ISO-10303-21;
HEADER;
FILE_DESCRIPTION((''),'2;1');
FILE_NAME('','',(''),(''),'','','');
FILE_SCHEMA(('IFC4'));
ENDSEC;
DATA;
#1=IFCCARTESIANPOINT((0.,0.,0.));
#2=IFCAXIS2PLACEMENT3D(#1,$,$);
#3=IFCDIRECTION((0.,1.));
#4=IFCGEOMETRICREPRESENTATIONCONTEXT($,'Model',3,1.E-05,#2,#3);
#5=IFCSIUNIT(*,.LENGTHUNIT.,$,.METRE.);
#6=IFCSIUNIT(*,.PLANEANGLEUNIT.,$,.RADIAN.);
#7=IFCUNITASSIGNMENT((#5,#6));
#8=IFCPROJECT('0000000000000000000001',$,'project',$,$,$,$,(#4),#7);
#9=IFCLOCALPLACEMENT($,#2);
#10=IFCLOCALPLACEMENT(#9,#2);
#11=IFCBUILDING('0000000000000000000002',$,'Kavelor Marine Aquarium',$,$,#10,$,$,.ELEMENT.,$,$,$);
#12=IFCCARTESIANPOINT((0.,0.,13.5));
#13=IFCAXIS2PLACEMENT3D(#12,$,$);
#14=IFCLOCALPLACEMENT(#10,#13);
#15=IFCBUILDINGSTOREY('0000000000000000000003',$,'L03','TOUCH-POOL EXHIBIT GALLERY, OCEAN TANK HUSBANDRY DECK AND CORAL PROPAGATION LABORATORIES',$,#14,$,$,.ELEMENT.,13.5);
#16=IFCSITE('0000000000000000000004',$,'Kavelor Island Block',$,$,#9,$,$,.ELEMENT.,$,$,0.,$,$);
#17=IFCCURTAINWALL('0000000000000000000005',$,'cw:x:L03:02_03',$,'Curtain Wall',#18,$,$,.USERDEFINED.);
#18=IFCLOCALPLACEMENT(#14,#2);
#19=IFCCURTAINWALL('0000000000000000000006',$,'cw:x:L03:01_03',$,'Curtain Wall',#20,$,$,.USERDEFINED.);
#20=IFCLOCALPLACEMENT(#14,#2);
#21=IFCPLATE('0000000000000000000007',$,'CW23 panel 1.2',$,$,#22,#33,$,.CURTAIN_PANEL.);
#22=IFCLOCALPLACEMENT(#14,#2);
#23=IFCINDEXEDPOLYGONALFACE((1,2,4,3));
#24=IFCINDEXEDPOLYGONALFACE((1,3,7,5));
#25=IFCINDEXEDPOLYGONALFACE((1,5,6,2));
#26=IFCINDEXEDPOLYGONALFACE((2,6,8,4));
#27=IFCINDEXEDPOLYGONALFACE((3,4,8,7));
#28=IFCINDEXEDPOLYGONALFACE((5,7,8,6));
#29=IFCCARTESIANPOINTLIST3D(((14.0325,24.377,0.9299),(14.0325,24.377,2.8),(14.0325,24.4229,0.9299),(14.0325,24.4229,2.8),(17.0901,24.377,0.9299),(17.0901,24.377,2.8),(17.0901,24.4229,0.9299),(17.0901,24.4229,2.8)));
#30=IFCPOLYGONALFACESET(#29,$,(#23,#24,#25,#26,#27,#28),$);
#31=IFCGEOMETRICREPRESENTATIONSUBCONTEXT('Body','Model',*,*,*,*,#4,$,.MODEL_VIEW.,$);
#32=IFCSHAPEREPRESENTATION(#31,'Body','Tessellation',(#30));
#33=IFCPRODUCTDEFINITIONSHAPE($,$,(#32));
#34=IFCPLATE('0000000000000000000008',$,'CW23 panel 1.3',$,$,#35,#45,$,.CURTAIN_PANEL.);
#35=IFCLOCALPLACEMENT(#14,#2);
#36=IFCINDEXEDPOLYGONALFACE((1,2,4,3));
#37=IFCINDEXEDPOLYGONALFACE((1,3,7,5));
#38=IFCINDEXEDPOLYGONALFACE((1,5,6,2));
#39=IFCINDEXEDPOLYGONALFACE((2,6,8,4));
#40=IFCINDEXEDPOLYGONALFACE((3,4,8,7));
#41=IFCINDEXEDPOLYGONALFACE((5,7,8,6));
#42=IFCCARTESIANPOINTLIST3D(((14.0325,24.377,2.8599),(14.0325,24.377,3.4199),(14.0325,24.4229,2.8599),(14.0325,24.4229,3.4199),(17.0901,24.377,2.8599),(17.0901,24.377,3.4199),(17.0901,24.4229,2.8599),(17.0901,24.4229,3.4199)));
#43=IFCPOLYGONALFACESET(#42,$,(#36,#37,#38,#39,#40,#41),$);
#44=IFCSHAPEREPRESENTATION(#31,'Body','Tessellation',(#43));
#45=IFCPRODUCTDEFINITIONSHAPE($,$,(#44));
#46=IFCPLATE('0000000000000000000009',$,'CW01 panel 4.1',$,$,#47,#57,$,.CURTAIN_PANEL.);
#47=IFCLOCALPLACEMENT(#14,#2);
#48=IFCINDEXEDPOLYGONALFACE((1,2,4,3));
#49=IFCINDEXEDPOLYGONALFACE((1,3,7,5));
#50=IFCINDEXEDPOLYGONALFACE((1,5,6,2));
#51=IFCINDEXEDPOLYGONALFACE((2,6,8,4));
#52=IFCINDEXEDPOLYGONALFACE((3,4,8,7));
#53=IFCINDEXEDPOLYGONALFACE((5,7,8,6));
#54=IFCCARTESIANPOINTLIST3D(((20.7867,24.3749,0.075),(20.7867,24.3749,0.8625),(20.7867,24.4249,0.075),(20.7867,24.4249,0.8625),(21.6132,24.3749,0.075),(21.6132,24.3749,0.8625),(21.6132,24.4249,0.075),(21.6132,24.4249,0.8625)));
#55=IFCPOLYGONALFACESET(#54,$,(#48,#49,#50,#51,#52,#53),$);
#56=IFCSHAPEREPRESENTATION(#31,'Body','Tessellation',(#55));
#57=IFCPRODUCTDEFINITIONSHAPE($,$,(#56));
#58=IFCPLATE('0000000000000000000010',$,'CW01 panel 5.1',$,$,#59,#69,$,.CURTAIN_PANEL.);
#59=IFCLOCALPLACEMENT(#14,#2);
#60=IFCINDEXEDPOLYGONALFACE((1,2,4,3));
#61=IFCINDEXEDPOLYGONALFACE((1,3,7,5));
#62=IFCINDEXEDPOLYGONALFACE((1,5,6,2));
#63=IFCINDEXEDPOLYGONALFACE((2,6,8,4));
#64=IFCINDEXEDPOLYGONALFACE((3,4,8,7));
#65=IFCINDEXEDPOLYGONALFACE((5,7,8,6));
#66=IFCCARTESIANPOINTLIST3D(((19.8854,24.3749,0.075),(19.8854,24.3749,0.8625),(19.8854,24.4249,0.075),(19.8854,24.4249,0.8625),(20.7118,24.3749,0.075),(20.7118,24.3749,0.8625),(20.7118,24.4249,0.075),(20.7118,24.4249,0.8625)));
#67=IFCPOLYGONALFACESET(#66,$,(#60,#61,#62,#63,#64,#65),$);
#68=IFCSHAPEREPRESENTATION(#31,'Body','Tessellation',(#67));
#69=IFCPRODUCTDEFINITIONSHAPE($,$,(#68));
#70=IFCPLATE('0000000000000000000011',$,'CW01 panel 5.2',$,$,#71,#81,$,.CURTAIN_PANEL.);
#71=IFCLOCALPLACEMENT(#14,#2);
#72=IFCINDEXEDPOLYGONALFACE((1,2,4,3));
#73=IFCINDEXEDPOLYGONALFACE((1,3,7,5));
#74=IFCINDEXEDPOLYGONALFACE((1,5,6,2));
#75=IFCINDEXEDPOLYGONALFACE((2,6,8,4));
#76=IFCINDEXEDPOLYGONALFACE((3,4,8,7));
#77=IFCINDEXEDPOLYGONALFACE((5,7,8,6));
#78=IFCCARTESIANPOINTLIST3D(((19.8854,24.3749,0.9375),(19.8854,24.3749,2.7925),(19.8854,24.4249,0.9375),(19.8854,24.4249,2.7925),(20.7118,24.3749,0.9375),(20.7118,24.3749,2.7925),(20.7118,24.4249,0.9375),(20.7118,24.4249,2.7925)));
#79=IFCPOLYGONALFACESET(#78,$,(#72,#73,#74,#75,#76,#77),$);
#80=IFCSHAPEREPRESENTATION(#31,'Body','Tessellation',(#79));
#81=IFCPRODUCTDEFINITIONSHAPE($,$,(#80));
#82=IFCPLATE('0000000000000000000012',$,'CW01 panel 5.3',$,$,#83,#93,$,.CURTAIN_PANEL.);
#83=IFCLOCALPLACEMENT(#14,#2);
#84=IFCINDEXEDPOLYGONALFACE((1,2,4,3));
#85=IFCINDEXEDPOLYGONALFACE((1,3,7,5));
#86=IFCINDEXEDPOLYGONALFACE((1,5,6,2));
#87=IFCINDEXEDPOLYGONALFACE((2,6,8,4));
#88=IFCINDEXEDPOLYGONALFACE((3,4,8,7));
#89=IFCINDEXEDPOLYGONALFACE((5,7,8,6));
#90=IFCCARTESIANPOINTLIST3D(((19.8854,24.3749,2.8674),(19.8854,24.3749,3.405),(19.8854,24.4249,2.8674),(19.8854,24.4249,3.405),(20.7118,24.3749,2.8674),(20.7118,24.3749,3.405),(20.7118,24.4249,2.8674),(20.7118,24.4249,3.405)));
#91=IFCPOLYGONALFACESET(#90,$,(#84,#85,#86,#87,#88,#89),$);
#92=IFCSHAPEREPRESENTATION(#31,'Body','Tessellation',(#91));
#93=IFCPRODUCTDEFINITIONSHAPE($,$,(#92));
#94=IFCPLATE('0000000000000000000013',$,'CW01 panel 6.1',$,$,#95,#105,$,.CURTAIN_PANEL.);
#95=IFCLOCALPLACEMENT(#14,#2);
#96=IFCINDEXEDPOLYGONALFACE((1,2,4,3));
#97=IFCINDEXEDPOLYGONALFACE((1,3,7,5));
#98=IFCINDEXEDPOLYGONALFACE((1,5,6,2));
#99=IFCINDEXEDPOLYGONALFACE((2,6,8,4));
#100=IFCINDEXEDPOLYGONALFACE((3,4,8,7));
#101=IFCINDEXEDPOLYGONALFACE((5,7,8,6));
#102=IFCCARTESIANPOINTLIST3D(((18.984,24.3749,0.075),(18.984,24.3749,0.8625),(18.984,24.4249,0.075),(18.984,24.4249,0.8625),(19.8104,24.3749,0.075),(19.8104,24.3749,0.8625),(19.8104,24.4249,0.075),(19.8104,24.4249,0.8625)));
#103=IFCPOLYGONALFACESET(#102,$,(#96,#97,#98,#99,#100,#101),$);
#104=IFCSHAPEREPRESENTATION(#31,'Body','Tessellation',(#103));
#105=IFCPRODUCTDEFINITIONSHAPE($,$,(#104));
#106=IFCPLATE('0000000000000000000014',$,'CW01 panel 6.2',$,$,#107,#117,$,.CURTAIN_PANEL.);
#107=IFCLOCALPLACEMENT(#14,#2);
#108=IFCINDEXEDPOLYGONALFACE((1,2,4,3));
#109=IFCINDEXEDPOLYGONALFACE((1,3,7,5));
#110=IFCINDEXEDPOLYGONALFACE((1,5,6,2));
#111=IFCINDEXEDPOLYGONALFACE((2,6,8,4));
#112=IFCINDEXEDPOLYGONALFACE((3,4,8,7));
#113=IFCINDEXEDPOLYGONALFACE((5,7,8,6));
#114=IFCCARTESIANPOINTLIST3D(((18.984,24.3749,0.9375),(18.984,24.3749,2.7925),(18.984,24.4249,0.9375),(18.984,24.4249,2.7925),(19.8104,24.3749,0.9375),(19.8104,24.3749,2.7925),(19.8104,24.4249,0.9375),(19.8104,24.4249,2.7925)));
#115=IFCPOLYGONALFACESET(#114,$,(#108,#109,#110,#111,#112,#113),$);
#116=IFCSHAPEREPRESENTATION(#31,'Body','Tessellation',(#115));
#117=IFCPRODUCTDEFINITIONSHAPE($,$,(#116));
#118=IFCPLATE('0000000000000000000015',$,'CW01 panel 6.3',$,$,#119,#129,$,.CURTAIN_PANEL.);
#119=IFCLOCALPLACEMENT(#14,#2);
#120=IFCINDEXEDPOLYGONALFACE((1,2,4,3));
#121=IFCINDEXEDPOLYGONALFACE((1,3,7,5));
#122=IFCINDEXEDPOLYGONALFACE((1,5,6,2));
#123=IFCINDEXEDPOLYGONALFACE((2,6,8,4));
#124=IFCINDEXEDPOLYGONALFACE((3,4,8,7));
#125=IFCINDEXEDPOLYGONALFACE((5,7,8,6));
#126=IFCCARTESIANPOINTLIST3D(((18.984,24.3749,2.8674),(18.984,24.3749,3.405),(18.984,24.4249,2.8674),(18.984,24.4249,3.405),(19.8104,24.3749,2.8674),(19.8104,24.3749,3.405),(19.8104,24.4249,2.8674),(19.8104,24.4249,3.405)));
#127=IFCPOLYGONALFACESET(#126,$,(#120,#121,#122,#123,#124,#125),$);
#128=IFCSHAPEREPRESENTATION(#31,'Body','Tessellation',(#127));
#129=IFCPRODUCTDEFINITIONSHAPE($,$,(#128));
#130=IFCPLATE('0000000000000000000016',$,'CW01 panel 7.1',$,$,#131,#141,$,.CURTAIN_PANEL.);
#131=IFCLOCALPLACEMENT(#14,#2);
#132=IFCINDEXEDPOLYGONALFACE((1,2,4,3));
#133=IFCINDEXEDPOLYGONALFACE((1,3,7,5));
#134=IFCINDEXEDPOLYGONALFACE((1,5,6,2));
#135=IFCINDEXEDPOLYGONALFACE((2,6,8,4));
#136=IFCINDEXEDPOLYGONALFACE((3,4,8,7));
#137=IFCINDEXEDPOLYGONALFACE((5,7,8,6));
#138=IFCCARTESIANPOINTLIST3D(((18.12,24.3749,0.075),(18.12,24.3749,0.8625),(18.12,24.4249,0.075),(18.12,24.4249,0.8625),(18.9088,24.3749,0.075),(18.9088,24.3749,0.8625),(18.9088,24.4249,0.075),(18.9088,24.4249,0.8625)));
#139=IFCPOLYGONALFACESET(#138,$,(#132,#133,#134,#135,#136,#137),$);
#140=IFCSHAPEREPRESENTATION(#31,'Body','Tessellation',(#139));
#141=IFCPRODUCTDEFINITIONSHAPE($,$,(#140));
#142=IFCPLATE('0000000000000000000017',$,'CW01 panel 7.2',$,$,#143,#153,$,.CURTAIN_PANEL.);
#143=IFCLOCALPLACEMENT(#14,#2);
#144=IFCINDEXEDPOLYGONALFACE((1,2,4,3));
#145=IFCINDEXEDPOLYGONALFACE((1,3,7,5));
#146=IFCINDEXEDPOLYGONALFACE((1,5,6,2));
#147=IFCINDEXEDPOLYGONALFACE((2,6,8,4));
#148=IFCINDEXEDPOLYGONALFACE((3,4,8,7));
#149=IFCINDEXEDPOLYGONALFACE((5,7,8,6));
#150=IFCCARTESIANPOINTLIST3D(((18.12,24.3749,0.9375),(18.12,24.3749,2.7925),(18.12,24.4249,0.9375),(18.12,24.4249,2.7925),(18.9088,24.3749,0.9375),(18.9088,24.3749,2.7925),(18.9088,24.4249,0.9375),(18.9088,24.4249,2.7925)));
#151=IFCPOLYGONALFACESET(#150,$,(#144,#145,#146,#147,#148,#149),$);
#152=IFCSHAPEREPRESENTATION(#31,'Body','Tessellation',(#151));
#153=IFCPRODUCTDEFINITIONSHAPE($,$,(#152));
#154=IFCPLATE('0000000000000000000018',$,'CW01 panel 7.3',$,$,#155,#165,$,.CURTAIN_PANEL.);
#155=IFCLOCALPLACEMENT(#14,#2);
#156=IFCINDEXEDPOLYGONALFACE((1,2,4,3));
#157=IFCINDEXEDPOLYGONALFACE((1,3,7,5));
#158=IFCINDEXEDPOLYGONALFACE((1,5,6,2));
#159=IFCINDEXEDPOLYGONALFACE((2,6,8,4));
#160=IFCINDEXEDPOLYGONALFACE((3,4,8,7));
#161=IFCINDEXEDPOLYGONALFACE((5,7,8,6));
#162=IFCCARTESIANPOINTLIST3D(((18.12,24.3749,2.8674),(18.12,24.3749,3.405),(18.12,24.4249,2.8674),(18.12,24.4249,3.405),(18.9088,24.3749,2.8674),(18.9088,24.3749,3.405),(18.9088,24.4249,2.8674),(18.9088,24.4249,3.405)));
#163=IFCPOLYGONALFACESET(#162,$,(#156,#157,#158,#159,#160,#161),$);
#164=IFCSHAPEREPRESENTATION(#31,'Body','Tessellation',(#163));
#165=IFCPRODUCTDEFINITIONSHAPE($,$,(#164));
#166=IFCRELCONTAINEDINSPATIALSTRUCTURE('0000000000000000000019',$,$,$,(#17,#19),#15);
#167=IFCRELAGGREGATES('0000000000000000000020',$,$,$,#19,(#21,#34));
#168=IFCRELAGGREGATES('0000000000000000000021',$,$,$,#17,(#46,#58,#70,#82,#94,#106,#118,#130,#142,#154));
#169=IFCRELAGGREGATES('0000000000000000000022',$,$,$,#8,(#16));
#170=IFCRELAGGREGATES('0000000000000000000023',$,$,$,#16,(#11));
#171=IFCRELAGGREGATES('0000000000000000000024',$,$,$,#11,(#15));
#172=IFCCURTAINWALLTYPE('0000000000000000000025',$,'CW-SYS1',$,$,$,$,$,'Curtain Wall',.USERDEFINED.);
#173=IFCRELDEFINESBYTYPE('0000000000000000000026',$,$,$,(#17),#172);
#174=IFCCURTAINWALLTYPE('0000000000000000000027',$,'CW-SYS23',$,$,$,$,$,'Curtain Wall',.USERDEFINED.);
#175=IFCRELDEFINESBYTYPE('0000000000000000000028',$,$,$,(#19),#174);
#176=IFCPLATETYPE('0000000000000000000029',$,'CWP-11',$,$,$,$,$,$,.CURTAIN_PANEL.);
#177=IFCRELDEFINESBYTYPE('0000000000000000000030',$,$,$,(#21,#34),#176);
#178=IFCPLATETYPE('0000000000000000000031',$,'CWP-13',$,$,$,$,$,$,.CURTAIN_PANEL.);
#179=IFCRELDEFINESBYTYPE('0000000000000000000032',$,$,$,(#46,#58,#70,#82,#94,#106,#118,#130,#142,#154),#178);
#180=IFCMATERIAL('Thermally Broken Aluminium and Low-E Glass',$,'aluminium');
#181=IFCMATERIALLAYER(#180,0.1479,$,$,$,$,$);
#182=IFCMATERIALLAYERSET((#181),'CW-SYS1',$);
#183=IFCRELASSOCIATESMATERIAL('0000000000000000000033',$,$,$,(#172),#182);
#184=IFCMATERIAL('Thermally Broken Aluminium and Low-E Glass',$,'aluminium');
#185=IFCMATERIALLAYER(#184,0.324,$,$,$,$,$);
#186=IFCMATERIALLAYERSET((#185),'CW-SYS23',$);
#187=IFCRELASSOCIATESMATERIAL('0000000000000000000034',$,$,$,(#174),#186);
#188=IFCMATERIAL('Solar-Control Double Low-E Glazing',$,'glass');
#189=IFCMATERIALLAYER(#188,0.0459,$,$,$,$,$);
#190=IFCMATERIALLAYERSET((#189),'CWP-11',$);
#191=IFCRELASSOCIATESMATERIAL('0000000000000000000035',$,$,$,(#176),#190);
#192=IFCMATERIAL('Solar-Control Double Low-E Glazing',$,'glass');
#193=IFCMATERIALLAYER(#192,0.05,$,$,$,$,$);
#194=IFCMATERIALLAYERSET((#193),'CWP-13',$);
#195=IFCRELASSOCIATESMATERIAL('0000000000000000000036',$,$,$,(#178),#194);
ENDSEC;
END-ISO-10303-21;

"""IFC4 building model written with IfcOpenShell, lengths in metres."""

from ifc_helpers import new_model, si_unit, direction, frame, origin, origin_2d, place, context, subcontext, project, spatial, rectangle, extrude, material, layer, layer_set, type_object, element, aggregate, save


model = new_model("IFC4")

# Units and contexts
model_context = context("Model", 3, precision=1e-05, world=origin(), true_north=direction((0.0, 1.0)))
body_context = subcontext(model_context, "Body", "Model", "MODEL_VIEW")
ifc_project = project(units=[si_unit("LENGTHUNIT", "METRE"), si_unit("PLANEANGLEUNIT", "RADIAN")], contexts=[model_context])

# Site, building, storey
site_placement = place(None, origin())
site = spatial("IfcSite", under=ifc_project, at=site_placement, Name="Kavelor Island Block", CompositionType="ELEMENT", RefElevation=0.0)
building_placement = place(site_placement, origin())
building = spatial("IfcBuilding", under=site, at=building_placement, Name="Kavelor Marine Aquarium", CompositionType="ELEMENT")
storey_placement = place(building_placement, frame((0.0, 0.0, 13.5)))
storey = spatial("IfcBuildingStorey", under=building, at=storey_placement, Name="L03", Description="TOUCH-POOL EXHIBIT GALLERY, OCEAN TANK HUSBANDRY DECK AND CORAL PROPAGATION LABORATORIES", CompositionType="ELEMENT", Elevation=13.5)

# Curtain walls
ifc_material_1 = material(Name="Thermally Broken Aluminium and Low-E Glass", Category="aluminium")
ifc_layer_1 = layer(ifc_material_1, 0.1479)
ifc_layer_set_1 = layer_set([ifc_layer_1], Name="CW-SYS1")
curtain_wall_type_1 = type_object("IfcCurtainWallType", Name="CW-SYS1", ElementType="Curtain Wall", PredefinedType="USERDEFINED", material=ifc_layer_set_1)
curtain_wall_1_placement = place(storey_placement, origin())
curtain_wall_1 = element("IfcCurtainWall", 1, at=curtain_wall_1_placement, inside=storey, type_object=curtain_wall_type_1, Name="cw:x:L03:02_03", ObjectType="Curtain Wall", PredefinedType="USERDEFINED")
ifc_material_2 = material(Name="Thermally Broken Aluminium and Low-E Glass", Category="aluminium")
ifc_layer_2 = layer(ifc_material_2, 0.324)
ifc_layer_set_2 = layer_set([ifc_layer_2], Name="CW-SYS23")
curtain_wall_type_2 = type_object("IfcCurtainWallType", Name="CW-SYS23", ElementType="Curtain Wall", PredefinedType="USERDEFINED", material=ifc_layer_set_2)
curtain_wall_2_placement = place(storey_placement, origin())
curtain_wall_2 = element("IfcCurtainWall", 2, at=curtain_wall_2_placement, inside=storey, type_object=curtain_wall_type_2, Name="cw:x:L03:01_03", ObjectType="Curtain Wall", PredefinedType="USERDEFINED")

# Plates
ifc_material_3 = material(Name="Solar-Control Double Low-E Glazing", Category="glass")
ifc_layer_3 = layer(ifc_material_3, 0.0459)
ifc_layer_set_3 = layer_set([ifc_layer_3], Name="CWP-11")
plate_type_1 = type_object("IfcPlateType", Name="CWP-11", PredefinedType="CURTAIN_PANEL", material=ifc_layer_set_3)
plate_1_placement = place(storey_placement, frame((15.5613, 24.3999, 0.9299), z_axis=(0.0, 0.0, 1.0), x_axis=(-1.0, 0.0, 0.0)))
plate_1 = element("IfcPlate", 3, at=plate_1_placement, type_object=plate_type_1, Name="CW23 panel 1.2", PredefinedType="CURTAIN_PANEL", context=body_context, shape_type="SweptSolid", body=[
    extrude(rectangle(XDim=3.0576, YDim=0.0459, at=origin_2d()), origin(), (0.0, 0.0, 1.0), 1.8701),
])
plate_2_placement = place(storey_placement, frame((15.5613, 24.3999, 2.8599), z_axis=(0.0, 0.0, 1.0), x_axis=(-1.0, 0.0, 0.0)))
plate_2 = element("IfcPlate", 4, at=plate_2_placement, type_object=plate_type_1, Name="CW23 panel 1.3", PredefinedType="CURTAIN_PANEL", context=body_context, shape_type="SweptSolid", body=[
    extrude(rectangle(XDim=3.0576, YDim=0.0459, at=origin_2d()), origin(), (0.0, 0.0, 1.0), 0.5601),
])
aggregate(curtain_wall_2, [plate_1, plate_2])
ifc_material_4 = material(Name="Solar-Control Double Low-E Glazing", Category="glass")
ifc_layer_4 = layer(ifc_material_4, 0.05)
ifc_layer_set_4 = layer_set([ifc_layer_4], Name="CWP-13")
plate_type_2 = type_object("IfcPlateType", Name="CWP-13", PredefinedType="CURTAIN_PANEL", material=ifc_layer_set_4)
plate_3_placement = place(storey_placement, frame((21.2, 24.3999, 0.075), z_axis=(0.0, 0.0, 1.0), x_axis=(-1.0, 0.0, 0.0)))
plate_3 = element("IfcPlate", 5, at=plate_3_placement, type_object=plate_type_2, Name="CW01 panel 4.1", PredefinedType="CURTAIN_PANEL", context=body_context, shape_type="SweptSolid", body=[
    extrude(rectangle(XDim=0.8264, YDim=0.05, at=origin_2d()), origin(), (0.0, 0.0, 1.0), 0.7876),
])
plate_4_placement = place(storey_placement, frame((20.2986, 24.3999, 0.075), z_axis=(0.0, 0.0, 1.0), x_axis=(-1.0, 0.0, 0.0)))
plate_4 = element("IfcPlate", 6, at=plate_4_placement, type_object=plate_type_2, Name="CW01 panel 5.1", PredefinedType="CURTAIN_PANEL", context=body_context, shape_type="SweptSolid", body=[
    extrude(rectangle(XDim=0.8264, YDim=0.05, at=origin_2d()), origin(), (0.0, 0.0, 1.0), 0.7876),
])
plate_5_placement = place(storey_placement, frame((20.2986, 24.3999, 0.9375), z_axis=(0.0, 0.0, 1.0), x_axis=(-1.0, 0.0, 0.0)))
plate_5 = element("IfcPlate", 7, at=plate_5_placement, type_object=plate_type_2, Name="CW01 panel 5.2", PredefinedType="CURTAIN_PANEL", context=body_context, shape_type="SweptSolid", body=[
    extrude(rectangle(XDim=0.8264, YDim=0.05, at=origin_2d()), origin(), (0.0, 0.0, 1.0), 1.855),
])
plate_6_placement = place(storey_placement, frame((20.2986, 24.3999, 2.8674), z_axis=(0.0, 0.0, 1.0), x_axis=(-1.0, 0.0, 0.0)))
plate_6 = element("IfcPlate", 8, at=plate_6_placement, type_object=plate_type_2, Name="CW01 panel 5.3", PredefinedType="CURTAIN_PANEL", context=body_context, shape_type="SweptSolid", body=[
    extrude(rectangle(XDim=0.8264, YDim=0.05, at=origin_2d()), origin(), (0.0, 0.0, 1.0), 0.5376),
])
plate_7_placement = place(storey_placement, frame((19.3972, 24.3999, 0.075), z_axis=(0.0, 0.0, 1.0), x_axis=(-1.0, 0.0, 0.0)))
plate_7 = element("IfcPlate", 9, at=plate_7_placement, type_object=plate_type_2, Name="CW01 panel 6.1", PredefinedType="CURTAIN_PANEL", context=body_context, shape_type="SweptSolid", body=[
    extrude(rectangle(XDim=0.8264, YDim=0.05, at=origin_2d()), origin(), (0.0, 0.0, 1.0), 0.7876),
])
plate_8_placement = place(storey_placement, frame((19.3972, 24.3999, 0.9375), z_axis=(0.0, 0.0, 1.0), x_axis=(-1.0, 0.0, 0.0)))
plate_8 = element("IfcPlate", 10, at=plate_8_placement, type_object=plate_type_2, Name="CW01 panel 6.2", PredefinedType="CURTAIN_PANEL", context=body_context, shape_type="SweptSolid", body=[
    extrude(rectangle(XDim=0.8264, YDim=0.05, at=origin_2d()), origin(), (0.0, 0.0, 1.0), 1.855),
])
plate_9_placement = place(storey_placement, frame((19.3972, 24.3999, 2.8674), z_axis=(0.0, 0.0, 1.0), x_axis=(-1.0, 0.0, 0.0)))
plate_9 = element("IfcPlate", 11, at=plate_9_placement, type_object=plate_type_2, Name="CW01 panel 6.3", PredefinedType="CURTAIN_PANEL", context=body_context, shape_type="SweptSolid", body=[
    extrude(rectangle(XDim=0.8264, YDim=0.05, at=origin_2d()), origin(), (0.0, 0.0, 1.0), 0.5376),
])
plate_10_placement = place(storey_placement, frame((18.5144, 24.3999, 0.075), z_axis=(0.0, 0.0, 1.0), x_axis=(-1.0, 0.0, 0.0)))
plate_10 = element("IfcPlate", 12, at=plate_10_placement, type_object=plate_type_2, Name="CW01 panel 7.1", PredefinedType="CURTAIN_PANEL", context=body_context, shape_type="SweptSolid", body=[
    extrude(rectangle(XDim=0.7888, YDim=0.05, at=origin_2d()), origin(), (0.0, 0.0, 1.0), 0.7876),
])
plate_11_placement = place(storey_placement, frame((18.5144, 24.3999, 0.9375), z_axis=(0.0, 0.0, 1.0), x_axis=(-1.0, 0.0, 0.0)))
plate_11 = element("IfcPlate", 13, at=plate_11_placement, type_object=plate_type_2, Name="CW01 panel 7.2", PredefinedType="CURTAIN_PANEL", context=body_context, shape_type="SweptSolid", body=[
    extrude(rectangle(XDim=0.7888, YDim=0.05, at=origin_2d()), origin(), (0.0, 0.0, 1.0), 1.855),
])
plate_12_placement = place(storey_placement, frame((18.5144, 24.3999, 2.8674), z_axis=(0.0, 0.0, 1.0), x_axis=(-1.0, 0.0, 0.0)))
plate_12 = element("IfcPlate", 14, at=plate_12_placement, type_object=plate_type_2, Name="CW01 panel 7.3", PredefinedType="CURTAIN_PANEL", context=body_context, shape_type="SweptSolid", body=[
    extrude(rectangle(XDim=0.7888, YDim=0.05, at=origin_2d()), origin(), (0.0, 0.0, 1.0), 0.5376),
])
aggregate(curtain_wall_1, [plate_3, plate_4, plate_5, plate_6, plate_7, plate_8, plate_9, plate_10, plate_11, plate_12])

save(model, "model.ifc")
